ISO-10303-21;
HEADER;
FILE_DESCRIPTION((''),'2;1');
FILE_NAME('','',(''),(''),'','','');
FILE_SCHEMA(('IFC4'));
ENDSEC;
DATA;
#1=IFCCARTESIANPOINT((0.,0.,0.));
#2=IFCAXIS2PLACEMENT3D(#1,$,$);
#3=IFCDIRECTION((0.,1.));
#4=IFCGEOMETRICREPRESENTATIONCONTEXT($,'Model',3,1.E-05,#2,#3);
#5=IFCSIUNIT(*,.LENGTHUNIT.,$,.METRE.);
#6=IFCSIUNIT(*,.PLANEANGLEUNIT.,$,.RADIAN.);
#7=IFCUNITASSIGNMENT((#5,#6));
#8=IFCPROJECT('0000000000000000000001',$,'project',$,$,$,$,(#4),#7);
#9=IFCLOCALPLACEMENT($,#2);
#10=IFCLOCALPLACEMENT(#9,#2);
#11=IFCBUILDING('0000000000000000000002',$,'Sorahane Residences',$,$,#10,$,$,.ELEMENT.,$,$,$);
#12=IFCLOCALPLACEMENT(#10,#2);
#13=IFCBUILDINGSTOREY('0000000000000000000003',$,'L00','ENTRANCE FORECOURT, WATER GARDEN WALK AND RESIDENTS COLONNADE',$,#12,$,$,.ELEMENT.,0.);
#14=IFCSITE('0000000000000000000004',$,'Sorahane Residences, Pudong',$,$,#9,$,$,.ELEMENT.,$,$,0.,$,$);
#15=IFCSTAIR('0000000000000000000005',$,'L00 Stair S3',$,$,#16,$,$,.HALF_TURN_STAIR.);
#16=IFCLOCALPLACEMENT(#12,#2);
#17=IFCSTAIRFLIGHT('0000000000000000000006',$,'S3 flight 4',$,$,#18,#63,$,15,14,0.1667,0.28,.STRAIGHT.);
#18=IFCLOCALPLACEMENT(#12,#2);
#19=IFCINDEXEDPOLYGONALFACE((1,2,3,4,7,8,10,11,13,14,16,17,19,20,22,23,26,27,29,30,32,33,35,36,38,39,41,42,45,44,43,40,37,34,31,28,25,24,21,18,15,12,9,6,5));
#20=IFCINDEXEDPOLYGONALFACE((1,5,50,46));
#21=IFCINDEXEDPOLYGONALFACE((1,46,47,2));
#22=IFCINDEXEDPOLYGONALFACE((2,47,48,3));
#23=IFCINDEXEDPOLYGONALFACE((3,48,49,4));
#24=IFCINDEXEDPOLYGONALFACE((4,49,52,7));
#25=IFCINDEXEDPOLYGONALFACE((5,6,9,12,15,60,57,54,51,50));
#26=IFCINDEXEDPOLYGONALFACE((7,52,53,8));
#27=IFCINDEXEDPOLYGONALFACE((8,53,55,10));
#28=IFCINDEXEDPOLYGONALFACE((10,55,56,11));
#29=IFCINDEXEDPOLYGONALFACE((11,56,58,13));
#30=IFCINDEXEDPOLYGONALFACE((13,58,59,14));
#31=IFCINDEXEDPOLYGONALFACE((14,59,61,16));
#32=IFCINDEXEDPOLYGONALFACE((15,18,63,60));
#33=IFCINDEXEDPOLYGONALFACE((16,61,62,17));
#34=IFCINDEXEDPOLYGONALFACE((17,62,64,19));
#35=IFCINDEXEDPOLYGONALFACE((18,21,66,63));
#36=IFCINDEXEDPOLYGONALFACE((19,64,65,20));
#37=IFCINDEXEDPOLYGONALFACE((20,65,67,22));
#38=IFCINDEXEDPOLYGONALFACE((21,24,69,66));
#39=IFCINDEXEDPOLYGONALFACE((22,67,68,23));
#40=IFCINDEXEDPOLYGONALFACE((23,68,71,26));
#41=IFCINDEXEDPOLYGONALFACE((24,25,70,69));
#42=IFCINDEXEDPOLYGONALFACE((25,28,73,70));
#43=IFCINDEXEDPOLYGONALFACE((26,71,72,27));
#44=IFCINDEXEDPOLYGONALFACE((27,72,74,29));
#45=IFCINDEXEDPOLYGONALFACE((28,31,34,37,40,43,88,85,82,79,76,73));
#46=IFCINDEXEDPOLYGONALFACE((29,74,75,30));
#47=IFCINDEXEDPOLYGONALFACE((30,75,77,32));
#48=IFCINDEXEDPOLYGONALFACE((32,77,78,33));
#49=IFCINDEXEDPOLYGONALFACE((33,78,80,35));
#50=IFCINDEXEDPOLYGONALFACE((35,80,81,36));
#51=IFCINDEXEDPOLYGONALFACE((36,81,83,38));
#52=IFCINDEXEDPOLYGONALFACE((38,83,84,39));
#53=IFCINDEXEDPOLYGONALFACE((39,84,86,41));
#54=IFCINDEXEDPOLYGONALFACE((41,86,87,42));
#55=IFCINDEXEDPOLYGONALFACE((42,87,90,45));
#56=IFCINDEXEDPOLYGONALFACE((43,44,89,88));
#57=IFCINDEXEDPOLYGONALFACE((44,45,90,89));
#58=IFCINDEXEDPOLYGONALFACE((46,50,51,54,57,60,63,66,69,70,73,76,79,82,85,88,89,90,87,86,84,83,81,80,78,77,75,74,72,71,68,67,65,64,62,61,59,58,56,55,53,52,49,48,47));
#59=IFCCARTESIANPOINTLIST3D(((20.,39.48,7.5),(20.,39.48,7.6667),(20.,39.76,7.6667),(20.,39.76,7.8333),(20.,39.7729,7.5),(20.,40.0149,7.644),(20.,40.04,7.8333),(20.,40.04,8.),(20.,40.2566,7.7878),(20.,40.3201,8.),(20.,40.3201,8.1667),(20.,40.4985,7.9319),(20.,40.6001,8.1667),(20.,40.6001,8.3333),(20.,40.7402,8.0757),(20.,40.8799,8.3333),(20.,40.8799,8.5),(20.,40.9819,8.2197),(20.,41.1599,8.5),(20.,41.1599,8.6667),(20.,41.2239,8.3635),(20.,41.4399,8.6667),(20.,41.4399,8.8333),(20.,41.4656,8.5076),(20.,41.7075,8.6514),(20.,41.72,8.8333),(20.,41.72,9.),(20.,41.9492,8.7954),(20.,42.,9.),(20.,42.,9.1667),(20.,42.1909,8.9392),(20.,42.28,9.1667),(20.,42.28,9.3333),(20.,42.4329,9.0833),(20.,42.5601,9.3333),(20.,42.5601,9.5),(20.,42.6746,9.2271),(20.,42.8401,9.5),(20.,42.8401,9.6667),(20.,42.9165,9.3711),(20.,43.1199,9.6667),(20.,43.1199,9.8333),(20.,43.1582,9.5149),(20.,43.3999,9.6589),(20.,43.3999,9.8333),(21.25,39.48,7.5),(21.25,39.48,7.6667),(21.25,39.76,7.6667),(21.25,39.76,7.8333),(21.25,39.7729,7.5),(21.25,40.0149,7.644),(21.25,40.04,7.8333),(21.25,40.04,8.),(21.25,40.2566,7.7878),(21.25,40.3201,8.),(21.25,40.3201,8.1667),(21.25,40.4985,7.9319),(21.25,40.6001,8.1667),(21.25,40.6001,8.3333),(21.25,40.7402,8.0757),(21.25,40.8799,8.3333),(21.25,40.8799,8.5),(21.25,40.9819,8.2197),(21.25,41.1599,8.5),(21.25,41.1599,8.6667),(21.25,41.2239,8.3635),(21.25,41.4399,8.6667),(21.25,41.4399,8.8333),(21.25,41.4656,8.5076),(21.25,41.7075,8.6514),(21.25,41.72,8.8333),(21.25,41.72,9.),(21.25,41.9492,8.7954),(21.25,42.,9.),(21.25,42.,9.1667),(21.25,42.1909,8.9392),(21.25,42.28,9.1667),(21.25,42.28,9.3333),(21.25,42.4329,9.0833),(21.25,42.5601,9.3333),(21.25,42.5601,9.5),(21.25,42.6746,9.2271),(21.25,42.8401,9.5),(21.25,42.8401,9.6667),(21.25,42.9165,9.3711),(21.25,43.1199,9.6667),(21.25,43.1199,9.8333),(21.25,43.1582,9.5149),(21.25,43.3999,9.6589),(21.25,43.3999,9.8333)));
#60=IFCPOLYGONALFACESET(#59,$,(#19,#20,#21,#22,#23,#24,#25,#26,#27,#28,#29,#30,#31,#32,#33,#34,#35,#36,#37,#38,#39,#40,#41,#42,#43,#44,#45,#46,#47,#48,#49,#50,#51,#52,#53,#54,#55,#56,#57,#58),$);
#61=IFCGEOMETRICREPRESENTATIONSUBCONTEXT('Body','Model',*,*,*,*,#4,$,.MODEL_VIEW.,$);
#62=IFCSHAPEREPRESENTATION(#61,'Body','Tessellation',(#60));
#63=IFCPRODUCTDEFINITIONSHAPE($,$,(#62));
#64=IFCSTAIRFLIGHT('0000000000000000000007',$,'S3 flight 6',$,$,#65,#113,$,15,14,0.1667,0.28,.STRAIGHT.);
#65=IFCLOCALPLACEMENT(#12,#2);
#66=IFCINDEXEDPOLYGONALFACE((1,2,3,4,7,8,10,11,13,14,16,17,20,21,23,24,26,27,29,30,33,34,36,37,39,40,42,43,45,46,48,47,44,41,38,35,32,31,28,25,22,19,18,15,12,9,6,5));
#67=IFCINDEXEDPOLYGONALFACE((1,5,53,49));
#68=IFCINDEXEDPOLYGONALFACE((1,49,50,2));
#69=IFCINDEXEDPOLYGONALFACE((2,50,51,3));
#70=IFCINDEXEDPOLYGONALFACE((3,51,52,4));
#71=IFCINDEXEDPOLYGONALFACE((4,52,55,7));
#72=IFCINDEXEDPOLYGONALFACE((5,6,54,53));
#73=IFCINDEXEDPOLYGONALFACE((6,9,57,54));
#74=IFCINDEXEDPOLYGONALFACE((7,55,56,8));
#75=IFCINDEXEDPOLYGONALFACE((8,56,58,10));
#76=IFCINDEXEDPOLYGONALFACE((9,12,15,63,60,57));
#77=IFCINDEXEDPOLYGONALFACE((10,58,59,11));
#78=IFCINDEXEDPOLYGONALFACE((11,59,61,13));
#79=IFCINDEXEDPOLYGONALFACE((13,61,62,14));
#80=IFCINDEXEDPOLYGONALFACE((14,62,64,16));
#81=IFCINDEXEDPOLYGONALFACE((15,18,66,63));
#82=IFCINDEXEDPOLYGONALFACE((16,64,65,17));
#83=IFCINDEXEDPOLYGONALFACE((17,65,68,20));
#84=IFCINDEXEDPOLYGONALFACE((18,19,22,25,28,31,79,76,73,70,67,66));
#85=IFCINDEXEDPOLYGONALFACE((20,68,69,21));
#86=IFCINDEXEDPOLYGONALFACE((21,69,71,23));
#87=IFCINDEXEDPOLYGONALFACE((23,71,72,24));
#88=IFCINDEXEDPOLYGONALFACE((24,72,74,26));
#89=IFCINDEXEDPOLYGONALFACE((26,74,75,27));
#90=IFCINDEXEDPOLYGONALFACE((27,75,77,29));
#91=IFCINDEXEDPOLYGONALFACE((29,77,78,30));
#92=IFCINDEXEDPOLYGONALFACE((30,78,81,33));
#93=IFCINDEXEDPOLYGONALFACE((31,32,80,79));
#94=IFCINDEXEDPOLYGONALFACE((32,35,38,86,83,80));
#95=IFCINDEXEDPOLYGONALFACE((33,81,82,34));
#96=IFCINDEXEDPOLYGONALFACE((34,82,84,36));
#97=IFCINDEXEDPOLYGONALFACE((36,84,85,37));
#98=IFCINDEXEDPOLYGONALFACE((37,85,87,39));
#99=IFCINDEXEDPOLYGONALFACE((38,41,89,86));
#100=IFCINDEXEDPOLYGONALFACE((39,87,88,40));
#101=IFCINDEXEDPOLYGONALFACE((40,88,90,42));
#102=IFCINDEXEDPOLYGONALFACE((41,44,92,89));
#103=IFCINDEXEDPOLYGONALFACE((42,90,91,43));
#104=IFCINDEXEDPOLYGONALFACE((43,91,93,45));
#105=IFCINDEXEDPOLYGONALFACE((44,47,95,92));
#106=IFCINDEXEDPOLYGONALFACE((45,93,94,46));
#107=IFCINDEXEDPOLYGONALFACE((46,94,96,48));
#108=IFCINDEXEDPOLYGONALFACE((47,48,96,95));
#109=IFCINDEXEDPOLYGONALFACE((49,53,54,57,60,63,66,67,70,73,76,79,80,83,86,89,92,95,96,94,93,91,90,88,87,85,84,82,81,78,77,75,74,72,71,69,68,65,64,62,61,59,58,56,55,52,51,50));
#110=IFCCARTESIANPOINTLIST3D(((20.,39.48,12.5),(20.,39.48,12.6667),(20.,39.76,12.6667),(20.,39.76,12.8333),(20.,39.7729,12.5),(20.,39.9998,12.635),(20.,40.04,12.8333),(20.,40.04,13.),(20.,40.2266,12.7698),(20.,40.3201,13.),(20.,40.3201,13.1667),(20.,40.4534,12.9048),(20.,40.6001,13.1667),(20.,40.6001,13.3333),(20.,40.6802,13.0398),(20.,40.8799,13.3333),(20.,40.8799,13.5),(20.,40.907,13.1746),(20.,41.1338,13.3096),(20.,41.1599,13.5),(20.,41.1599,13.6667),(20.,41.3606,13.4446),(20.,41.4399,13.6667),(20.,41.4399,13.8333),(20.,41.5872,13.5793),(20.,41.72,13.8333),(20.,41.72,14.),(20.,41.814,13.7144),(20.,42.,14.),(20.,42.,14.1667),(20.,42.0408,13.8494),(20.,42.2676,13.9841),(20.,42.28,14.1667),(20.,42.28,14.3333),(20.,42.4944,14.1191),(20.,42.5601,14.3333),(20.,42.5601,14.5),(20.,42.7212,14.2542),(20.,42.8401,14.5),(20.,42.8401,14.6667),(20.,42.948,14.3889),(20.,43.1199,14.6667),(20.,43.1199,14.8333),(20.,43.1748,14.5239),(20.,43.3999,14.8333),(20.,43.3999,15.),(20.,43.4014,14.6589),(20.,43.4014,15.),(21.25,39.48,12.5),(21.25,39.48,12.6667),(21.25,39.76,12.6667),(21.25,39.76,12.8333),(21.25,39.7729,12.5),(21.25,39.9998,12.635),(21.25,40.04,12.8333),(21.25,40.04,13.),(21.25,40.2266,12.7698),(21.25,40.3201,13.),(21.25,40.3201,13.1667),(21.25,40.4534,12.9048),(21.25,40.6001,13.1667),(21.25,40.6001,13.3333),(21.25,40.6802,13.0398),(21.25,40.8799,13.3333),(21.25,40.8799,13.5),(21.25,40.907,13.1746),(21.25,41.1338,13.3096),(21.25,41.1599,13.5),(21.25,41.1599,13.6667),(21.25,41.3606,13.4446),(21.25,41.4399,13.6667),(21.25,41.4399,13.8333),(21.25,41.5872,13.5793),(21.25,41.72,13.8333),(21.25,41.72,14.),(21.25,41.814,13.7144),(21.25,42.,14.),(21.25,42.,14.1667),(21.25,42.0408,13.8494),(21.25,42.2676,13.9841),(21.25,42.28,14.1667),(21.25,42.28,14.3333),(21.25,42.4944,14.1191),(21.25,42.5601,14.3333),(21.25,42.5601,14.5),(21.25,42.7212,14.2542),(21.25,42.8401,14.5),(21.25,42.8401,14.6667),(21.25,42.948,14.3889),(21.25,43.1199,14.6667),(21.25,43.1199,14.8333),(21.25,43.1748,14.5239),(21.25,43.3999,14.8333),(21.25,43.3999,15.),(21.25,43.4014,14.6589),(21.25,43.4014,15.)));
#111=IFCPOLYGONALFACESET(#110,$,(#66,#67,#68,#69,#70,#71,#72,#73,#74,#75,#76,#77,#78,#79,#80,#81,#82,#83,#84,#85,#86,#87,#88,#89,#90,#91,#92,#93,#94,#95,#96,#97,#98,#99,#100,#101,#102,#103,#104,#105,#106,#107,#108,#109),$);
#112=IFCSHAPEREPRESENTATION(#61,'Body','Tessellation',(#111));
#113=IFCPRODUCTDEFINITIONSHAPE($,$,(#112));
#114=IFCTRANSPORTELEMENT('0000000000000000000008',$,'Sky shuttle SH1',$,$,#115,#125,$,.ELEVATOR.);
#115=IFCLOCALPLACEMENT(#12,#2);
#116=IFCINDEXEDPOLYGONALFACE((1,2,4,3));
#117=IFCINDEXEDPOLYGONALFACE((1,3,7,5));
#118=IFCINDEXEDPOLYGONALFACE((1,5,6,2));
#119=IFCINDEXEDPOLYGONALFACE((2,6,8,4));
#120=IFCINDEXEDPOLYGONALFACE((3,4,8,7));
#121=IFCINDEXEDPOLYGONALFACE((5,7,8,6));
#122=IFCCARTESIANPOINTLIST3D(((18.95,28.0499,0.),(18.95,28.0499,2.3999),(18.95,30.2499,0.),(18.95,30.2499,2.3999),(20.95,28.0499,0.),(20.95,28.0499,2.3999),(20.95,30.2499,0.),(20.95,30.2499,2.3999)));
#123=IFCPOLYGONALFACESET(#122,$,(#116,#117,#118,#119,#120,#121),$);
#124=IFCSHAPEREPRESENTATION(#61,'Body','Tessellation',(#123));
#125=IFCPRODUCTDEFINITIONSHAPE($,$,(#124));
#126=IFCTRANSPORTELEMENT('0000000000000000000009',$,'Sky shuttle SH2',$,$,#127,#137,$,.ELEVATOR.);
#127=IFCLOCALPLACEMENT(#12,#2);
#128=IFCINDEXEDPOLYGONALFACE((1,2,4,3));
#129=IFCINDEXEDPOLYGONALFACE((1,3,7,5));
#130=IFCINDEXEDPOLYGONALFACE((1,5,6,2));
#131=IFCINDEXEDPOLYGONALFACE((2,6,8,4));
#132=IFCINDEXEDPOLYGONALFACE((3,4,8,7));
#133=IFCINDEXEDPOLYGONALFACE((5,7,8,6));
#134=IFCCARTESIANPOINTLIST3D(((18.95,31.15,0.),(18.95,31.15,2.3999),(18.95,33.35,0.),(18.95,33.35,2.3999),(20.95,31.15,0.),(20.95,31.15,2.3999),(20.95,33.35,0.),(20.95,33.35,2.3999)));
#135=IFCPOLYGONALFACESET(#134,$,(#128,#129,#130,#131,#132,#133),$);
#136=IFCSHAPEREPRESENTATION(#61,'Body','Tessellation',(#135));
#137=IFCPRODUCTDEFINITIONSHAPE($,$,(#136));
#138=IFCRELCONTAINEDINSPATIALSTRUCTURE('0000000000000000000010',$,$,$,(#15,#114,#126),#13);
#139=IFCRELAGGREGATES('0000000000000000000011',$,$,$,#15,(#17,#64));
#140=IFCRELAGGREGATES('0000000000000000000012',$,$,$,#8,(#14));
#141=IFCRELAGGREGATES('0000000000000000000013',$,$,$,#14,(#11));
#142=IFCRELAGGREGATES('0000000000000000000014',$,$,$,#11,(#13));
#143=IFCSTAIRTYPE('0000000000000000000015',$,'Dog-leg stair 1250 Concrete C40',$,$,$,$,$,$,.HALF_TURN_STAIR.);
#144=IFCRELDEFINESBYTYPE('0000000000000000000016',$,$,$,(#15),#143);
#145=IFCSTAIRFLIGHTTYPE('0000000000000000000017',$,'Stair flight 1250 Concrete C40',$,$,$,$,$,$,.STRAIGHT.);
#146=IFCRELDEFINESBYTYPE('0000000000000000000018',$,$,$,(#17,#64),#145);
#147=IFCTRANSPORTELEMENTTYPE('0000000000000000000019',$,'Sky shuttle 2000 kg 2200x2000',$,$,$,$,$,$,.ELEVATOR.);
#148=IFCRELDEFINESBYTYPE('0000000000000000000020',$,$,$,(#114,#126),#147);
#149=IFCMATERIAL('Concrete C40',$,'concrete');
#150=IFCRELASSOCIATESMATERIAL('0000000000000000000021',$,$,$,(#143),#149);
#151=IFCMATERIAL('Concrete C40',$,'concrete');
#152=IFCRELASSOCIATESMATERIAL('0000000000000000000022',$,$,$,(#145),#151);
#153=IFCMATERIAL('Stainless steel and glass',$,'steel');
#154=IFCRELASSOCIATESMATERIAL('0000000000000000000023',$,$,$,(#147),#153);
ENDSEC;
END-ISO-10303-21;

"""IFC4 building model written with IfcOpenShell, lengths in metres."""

from ifc_helpers import new_model, si_unit, direction, frame, origin, origin_2d, place, context, subcontext, project, spatial, polyline, rectangle, outline, extrude, material, type_object, element, aggregate, save


model = new_model("IFC4")

# Units and contexts
model_context = context("Model", 3, precision=1e-05, world=origin(), true_north=direction((0.0, 1.0)))
body_context = subcontext(model_context, "Body", "Model", "MODEL_VIEW")
ifc_project = project(units=[si_unit("LENGTHUNIT", "METRE"), si_unit("PLANEANGLEUNIT", "RADIAN")], contexts=[model_context])

# Site, building, storey
site_placement = place(None, origin())
site = spatial("IfcSite", under=ifc_project, at=site_placement, Name="Sorahane Residences, Pudong", CompositionType="ELEMENT", RefElevation=0.0)
building_placement = place(site_placement, origin())
building = spatial("IfcBuilding", under=site, at=building_placement, Name="Sorahane Residences", CompositionType="ELEMENT")
storey_placement = place(building_placement, origin())
storey = spatial("IfcBuildingStorey", under=building, at=storey_placement, Name="L00", Description="ENTRANCE FORECOURT, WATER GARDEN WALK AND RESIDENTS COLONNADE", CompositionType="ELEMENT", Elevation=0.0)

# Stair, stair flights
ifc_material_1 = material(Name="Concrete C40", Category="concrete")
stair_type = type_object("IfcStairType", Name="Dog-leg stair 1250 Concrete C40", PredefinedType="HALF_TURN_STAIR", material=ifc_material_1)
stair_placement = place(storey_placement, origin())
stair = element("IfcStair", 1, at=stair_placement, inside=storey, type_object=stair_type, Name="L00 Stair S3", PredefinedType="HALF_TURN_STAIR")
ifc_material_2 = material(Name="Concrete C40", Category="concrete")
stair_flight_type = type_object("IfcStairFlightType", Name="Stair flight 1250 Concrete C40", PredefinedType="STRAIGHT", material=ifc_material_2)
stair_flight_1_placement = place(storey_placement, frame((20.625, 39.48, 7.5), z_axis=(0.0, 0.0, 1.0), x_axis=(0.0, 1.0, 0.0)))
stair_flight_1 = element("IfcStairFlight", 2, at=stair_flight_1_placement, type_object=stair_flight_type, Name="S3 flight 4", NumberOfRisers=15, NumberOfTreads=14, PredefinedType="STRAIGHT", RiserHeight=0.1667, TreadLength=0.28, context=body_context, shape_type="SweptSolid", body=[
    extrude(outline(polyline([(0.0, 0.0), (0.0, 0.1667), (0.28, 0.1667), (0.28, 0.3333), (0.5601, 0.3333), (0.5601, 0.5), (0.8401, 0.5), (0.8401, 0.6667), (1.1201, 0.6667), (1.1201, 0.8333), (1.3999, 0.8333), (1.3999, 1.0), (1.6799, 1.0), (1.6799, 1.1667), (1.96, 1.1667), (1.96, 1.3333), (2.24, 1.3333), (2.24, 1.5), (2.52, 1.5), (2.52, 1.6667), (2.8, 1.6667), (2.8, 1.8333), (3.0801, 1.8333), (3.0801, 2.0), (3.3601, 2.0), (3.3601, 2.1667), (3.6399, 2.1667), (3.6399, 2.3333), (3.9199, 2.3333), (3.9199, 2.5), (3.9199, 2.1589), (3.6782, 2.0149), (3.4365, 1.8711), (3.1946, 1.7271), (2.9529, 1.5833), (2.7109, 1.4392), (2.4692, 1.2954), (2.2275, 1.1514), (1.9856, 1.0076), (1.7439, 0.8635), (1.502, 0.7197), (1.2603, 0.5757), (1.0186, 0.4319), (0.7766, 0.2878), (0.5349, 0.144), (0.293, 0.0), (0.0, 0.0)])), frame((0.0, 0.625, 0.0), z_axis=(0.0, -1.0, 0.0), x_axis=(1.0, 0.0, 0.0)), (0.0, 0.0, 1.0), 1.25),
])
stair_flight_2_placement = place(storey_placement, frame((20.625, 39.48, 12.5), z_axis=(0.0, 0.0, 1.0), x_axis=(0.0, 1.0, 0.0)))
stair_flight_2 = element("IfcStairFlight", 3, at=stair_flight_2_placement, type_object=stair_flight_type, Name="S3 flight 6", NumberOfRisers=15, NumberOfTreads=14, PredefinedType="STRAIGHT", RiserHeight=0.1667, TreadLength=0.28, context=body_context, shape_type="SweptSolid", body=[
    extrude(outline(polyline([(0.0, 0.0), (0.0, 0.1667), (0.28, 0.1667), (0.28, 0.3333), (0.5601, 0.3333), (0.5601, 0.5), (0.8401, 0.5), (0.8401, 0.6667), (1.1201, 0.6667), (1.1201, 0.8333), (1.3999, 0.8333), (1.3999, 1.0), (1.6799, 1.0), (1.6799, 1.1667), (1.96, 1.1667), (1.96, 1.3333), (2.24, 1.3333), (2.24, 1.5), (2.52, 1.5), (2.52, 1.6667), (2.8, 1.6667), (2.8, 1.8333), (3.0801, 1.8333), (3.0801, 2.0), (3.3601, 2.0), (3.3601, 2.1667), (3.6399, 2.1667), (3.6399, 2.3333), (3.9199, 2.3333), (3.9199, 2.5), (3.9214, 2.5), (3.9214, 2.1589), (3.6948, 2.0239), (3.468, 1.8889), (3.2412, 1.7542), (3.0144, 1.6191), (2.7876, 1.4841), (2.5608, 1.3494), (2.334, 1.2144), (2.1072, 1.0793), (1.8806, 0.9446), (1.6538, 0.8096), (1.427, 0.6746), (1.2002, 0.5398), (0.9734, 0.4048), (0.7466, 0.2698), (0.5198, 0.135), (0.293, 0.0), (0.0, 0.0)])), frame((0.0, 0.625, 0.0), z_axis=(0.0, -1.0, 0.0), x_axis=(1.0, 0.0, 0.0)), (0.0, 0.0, 1.0), 1.25),
])
aggregate(stair, [stair_flight_1, stair_flight_2])

# Transport elements
ifc_material_3 = material(Name="Stainless steel and glass", Category="steel")
transport_element_type = type_object("IfcTransportElementType", Name="Sky shuttle 2000 kg 2200x2000", PredefinedType="ELEVATOR", material=ifc_material_3)
for number, where, z_axis, x_axis, name in (
    (4, (19.95, 29.1499, 0.0), (0.0, 0.0, 1.0), (1.0, 0.0, 0.0), "Sky shuttle SH1"),
    (5, (19.95, 32.25, 0.0), (0.0, 0.0, 1.0), (1.0, 0.0, 0.0), "Sky shuttle SH2"),
):
    element("IfcTransportElement", number, at=place(storey_placement, frame(where, z_axis=z_axis, x_axis=x_axis)), inside=storey, type_object=transport_element_type, Name=name, PredefinedType="ELEVATOR", context=body_context, shape_type="SweptSolid", body=[
        extrude(rectangle(XDim=2.0, YDim=2.2, at=origin_2d()), origin(), (0.0, 0.0, 1.0), 2.3999),
    ])

save(model, "model.ifc")
